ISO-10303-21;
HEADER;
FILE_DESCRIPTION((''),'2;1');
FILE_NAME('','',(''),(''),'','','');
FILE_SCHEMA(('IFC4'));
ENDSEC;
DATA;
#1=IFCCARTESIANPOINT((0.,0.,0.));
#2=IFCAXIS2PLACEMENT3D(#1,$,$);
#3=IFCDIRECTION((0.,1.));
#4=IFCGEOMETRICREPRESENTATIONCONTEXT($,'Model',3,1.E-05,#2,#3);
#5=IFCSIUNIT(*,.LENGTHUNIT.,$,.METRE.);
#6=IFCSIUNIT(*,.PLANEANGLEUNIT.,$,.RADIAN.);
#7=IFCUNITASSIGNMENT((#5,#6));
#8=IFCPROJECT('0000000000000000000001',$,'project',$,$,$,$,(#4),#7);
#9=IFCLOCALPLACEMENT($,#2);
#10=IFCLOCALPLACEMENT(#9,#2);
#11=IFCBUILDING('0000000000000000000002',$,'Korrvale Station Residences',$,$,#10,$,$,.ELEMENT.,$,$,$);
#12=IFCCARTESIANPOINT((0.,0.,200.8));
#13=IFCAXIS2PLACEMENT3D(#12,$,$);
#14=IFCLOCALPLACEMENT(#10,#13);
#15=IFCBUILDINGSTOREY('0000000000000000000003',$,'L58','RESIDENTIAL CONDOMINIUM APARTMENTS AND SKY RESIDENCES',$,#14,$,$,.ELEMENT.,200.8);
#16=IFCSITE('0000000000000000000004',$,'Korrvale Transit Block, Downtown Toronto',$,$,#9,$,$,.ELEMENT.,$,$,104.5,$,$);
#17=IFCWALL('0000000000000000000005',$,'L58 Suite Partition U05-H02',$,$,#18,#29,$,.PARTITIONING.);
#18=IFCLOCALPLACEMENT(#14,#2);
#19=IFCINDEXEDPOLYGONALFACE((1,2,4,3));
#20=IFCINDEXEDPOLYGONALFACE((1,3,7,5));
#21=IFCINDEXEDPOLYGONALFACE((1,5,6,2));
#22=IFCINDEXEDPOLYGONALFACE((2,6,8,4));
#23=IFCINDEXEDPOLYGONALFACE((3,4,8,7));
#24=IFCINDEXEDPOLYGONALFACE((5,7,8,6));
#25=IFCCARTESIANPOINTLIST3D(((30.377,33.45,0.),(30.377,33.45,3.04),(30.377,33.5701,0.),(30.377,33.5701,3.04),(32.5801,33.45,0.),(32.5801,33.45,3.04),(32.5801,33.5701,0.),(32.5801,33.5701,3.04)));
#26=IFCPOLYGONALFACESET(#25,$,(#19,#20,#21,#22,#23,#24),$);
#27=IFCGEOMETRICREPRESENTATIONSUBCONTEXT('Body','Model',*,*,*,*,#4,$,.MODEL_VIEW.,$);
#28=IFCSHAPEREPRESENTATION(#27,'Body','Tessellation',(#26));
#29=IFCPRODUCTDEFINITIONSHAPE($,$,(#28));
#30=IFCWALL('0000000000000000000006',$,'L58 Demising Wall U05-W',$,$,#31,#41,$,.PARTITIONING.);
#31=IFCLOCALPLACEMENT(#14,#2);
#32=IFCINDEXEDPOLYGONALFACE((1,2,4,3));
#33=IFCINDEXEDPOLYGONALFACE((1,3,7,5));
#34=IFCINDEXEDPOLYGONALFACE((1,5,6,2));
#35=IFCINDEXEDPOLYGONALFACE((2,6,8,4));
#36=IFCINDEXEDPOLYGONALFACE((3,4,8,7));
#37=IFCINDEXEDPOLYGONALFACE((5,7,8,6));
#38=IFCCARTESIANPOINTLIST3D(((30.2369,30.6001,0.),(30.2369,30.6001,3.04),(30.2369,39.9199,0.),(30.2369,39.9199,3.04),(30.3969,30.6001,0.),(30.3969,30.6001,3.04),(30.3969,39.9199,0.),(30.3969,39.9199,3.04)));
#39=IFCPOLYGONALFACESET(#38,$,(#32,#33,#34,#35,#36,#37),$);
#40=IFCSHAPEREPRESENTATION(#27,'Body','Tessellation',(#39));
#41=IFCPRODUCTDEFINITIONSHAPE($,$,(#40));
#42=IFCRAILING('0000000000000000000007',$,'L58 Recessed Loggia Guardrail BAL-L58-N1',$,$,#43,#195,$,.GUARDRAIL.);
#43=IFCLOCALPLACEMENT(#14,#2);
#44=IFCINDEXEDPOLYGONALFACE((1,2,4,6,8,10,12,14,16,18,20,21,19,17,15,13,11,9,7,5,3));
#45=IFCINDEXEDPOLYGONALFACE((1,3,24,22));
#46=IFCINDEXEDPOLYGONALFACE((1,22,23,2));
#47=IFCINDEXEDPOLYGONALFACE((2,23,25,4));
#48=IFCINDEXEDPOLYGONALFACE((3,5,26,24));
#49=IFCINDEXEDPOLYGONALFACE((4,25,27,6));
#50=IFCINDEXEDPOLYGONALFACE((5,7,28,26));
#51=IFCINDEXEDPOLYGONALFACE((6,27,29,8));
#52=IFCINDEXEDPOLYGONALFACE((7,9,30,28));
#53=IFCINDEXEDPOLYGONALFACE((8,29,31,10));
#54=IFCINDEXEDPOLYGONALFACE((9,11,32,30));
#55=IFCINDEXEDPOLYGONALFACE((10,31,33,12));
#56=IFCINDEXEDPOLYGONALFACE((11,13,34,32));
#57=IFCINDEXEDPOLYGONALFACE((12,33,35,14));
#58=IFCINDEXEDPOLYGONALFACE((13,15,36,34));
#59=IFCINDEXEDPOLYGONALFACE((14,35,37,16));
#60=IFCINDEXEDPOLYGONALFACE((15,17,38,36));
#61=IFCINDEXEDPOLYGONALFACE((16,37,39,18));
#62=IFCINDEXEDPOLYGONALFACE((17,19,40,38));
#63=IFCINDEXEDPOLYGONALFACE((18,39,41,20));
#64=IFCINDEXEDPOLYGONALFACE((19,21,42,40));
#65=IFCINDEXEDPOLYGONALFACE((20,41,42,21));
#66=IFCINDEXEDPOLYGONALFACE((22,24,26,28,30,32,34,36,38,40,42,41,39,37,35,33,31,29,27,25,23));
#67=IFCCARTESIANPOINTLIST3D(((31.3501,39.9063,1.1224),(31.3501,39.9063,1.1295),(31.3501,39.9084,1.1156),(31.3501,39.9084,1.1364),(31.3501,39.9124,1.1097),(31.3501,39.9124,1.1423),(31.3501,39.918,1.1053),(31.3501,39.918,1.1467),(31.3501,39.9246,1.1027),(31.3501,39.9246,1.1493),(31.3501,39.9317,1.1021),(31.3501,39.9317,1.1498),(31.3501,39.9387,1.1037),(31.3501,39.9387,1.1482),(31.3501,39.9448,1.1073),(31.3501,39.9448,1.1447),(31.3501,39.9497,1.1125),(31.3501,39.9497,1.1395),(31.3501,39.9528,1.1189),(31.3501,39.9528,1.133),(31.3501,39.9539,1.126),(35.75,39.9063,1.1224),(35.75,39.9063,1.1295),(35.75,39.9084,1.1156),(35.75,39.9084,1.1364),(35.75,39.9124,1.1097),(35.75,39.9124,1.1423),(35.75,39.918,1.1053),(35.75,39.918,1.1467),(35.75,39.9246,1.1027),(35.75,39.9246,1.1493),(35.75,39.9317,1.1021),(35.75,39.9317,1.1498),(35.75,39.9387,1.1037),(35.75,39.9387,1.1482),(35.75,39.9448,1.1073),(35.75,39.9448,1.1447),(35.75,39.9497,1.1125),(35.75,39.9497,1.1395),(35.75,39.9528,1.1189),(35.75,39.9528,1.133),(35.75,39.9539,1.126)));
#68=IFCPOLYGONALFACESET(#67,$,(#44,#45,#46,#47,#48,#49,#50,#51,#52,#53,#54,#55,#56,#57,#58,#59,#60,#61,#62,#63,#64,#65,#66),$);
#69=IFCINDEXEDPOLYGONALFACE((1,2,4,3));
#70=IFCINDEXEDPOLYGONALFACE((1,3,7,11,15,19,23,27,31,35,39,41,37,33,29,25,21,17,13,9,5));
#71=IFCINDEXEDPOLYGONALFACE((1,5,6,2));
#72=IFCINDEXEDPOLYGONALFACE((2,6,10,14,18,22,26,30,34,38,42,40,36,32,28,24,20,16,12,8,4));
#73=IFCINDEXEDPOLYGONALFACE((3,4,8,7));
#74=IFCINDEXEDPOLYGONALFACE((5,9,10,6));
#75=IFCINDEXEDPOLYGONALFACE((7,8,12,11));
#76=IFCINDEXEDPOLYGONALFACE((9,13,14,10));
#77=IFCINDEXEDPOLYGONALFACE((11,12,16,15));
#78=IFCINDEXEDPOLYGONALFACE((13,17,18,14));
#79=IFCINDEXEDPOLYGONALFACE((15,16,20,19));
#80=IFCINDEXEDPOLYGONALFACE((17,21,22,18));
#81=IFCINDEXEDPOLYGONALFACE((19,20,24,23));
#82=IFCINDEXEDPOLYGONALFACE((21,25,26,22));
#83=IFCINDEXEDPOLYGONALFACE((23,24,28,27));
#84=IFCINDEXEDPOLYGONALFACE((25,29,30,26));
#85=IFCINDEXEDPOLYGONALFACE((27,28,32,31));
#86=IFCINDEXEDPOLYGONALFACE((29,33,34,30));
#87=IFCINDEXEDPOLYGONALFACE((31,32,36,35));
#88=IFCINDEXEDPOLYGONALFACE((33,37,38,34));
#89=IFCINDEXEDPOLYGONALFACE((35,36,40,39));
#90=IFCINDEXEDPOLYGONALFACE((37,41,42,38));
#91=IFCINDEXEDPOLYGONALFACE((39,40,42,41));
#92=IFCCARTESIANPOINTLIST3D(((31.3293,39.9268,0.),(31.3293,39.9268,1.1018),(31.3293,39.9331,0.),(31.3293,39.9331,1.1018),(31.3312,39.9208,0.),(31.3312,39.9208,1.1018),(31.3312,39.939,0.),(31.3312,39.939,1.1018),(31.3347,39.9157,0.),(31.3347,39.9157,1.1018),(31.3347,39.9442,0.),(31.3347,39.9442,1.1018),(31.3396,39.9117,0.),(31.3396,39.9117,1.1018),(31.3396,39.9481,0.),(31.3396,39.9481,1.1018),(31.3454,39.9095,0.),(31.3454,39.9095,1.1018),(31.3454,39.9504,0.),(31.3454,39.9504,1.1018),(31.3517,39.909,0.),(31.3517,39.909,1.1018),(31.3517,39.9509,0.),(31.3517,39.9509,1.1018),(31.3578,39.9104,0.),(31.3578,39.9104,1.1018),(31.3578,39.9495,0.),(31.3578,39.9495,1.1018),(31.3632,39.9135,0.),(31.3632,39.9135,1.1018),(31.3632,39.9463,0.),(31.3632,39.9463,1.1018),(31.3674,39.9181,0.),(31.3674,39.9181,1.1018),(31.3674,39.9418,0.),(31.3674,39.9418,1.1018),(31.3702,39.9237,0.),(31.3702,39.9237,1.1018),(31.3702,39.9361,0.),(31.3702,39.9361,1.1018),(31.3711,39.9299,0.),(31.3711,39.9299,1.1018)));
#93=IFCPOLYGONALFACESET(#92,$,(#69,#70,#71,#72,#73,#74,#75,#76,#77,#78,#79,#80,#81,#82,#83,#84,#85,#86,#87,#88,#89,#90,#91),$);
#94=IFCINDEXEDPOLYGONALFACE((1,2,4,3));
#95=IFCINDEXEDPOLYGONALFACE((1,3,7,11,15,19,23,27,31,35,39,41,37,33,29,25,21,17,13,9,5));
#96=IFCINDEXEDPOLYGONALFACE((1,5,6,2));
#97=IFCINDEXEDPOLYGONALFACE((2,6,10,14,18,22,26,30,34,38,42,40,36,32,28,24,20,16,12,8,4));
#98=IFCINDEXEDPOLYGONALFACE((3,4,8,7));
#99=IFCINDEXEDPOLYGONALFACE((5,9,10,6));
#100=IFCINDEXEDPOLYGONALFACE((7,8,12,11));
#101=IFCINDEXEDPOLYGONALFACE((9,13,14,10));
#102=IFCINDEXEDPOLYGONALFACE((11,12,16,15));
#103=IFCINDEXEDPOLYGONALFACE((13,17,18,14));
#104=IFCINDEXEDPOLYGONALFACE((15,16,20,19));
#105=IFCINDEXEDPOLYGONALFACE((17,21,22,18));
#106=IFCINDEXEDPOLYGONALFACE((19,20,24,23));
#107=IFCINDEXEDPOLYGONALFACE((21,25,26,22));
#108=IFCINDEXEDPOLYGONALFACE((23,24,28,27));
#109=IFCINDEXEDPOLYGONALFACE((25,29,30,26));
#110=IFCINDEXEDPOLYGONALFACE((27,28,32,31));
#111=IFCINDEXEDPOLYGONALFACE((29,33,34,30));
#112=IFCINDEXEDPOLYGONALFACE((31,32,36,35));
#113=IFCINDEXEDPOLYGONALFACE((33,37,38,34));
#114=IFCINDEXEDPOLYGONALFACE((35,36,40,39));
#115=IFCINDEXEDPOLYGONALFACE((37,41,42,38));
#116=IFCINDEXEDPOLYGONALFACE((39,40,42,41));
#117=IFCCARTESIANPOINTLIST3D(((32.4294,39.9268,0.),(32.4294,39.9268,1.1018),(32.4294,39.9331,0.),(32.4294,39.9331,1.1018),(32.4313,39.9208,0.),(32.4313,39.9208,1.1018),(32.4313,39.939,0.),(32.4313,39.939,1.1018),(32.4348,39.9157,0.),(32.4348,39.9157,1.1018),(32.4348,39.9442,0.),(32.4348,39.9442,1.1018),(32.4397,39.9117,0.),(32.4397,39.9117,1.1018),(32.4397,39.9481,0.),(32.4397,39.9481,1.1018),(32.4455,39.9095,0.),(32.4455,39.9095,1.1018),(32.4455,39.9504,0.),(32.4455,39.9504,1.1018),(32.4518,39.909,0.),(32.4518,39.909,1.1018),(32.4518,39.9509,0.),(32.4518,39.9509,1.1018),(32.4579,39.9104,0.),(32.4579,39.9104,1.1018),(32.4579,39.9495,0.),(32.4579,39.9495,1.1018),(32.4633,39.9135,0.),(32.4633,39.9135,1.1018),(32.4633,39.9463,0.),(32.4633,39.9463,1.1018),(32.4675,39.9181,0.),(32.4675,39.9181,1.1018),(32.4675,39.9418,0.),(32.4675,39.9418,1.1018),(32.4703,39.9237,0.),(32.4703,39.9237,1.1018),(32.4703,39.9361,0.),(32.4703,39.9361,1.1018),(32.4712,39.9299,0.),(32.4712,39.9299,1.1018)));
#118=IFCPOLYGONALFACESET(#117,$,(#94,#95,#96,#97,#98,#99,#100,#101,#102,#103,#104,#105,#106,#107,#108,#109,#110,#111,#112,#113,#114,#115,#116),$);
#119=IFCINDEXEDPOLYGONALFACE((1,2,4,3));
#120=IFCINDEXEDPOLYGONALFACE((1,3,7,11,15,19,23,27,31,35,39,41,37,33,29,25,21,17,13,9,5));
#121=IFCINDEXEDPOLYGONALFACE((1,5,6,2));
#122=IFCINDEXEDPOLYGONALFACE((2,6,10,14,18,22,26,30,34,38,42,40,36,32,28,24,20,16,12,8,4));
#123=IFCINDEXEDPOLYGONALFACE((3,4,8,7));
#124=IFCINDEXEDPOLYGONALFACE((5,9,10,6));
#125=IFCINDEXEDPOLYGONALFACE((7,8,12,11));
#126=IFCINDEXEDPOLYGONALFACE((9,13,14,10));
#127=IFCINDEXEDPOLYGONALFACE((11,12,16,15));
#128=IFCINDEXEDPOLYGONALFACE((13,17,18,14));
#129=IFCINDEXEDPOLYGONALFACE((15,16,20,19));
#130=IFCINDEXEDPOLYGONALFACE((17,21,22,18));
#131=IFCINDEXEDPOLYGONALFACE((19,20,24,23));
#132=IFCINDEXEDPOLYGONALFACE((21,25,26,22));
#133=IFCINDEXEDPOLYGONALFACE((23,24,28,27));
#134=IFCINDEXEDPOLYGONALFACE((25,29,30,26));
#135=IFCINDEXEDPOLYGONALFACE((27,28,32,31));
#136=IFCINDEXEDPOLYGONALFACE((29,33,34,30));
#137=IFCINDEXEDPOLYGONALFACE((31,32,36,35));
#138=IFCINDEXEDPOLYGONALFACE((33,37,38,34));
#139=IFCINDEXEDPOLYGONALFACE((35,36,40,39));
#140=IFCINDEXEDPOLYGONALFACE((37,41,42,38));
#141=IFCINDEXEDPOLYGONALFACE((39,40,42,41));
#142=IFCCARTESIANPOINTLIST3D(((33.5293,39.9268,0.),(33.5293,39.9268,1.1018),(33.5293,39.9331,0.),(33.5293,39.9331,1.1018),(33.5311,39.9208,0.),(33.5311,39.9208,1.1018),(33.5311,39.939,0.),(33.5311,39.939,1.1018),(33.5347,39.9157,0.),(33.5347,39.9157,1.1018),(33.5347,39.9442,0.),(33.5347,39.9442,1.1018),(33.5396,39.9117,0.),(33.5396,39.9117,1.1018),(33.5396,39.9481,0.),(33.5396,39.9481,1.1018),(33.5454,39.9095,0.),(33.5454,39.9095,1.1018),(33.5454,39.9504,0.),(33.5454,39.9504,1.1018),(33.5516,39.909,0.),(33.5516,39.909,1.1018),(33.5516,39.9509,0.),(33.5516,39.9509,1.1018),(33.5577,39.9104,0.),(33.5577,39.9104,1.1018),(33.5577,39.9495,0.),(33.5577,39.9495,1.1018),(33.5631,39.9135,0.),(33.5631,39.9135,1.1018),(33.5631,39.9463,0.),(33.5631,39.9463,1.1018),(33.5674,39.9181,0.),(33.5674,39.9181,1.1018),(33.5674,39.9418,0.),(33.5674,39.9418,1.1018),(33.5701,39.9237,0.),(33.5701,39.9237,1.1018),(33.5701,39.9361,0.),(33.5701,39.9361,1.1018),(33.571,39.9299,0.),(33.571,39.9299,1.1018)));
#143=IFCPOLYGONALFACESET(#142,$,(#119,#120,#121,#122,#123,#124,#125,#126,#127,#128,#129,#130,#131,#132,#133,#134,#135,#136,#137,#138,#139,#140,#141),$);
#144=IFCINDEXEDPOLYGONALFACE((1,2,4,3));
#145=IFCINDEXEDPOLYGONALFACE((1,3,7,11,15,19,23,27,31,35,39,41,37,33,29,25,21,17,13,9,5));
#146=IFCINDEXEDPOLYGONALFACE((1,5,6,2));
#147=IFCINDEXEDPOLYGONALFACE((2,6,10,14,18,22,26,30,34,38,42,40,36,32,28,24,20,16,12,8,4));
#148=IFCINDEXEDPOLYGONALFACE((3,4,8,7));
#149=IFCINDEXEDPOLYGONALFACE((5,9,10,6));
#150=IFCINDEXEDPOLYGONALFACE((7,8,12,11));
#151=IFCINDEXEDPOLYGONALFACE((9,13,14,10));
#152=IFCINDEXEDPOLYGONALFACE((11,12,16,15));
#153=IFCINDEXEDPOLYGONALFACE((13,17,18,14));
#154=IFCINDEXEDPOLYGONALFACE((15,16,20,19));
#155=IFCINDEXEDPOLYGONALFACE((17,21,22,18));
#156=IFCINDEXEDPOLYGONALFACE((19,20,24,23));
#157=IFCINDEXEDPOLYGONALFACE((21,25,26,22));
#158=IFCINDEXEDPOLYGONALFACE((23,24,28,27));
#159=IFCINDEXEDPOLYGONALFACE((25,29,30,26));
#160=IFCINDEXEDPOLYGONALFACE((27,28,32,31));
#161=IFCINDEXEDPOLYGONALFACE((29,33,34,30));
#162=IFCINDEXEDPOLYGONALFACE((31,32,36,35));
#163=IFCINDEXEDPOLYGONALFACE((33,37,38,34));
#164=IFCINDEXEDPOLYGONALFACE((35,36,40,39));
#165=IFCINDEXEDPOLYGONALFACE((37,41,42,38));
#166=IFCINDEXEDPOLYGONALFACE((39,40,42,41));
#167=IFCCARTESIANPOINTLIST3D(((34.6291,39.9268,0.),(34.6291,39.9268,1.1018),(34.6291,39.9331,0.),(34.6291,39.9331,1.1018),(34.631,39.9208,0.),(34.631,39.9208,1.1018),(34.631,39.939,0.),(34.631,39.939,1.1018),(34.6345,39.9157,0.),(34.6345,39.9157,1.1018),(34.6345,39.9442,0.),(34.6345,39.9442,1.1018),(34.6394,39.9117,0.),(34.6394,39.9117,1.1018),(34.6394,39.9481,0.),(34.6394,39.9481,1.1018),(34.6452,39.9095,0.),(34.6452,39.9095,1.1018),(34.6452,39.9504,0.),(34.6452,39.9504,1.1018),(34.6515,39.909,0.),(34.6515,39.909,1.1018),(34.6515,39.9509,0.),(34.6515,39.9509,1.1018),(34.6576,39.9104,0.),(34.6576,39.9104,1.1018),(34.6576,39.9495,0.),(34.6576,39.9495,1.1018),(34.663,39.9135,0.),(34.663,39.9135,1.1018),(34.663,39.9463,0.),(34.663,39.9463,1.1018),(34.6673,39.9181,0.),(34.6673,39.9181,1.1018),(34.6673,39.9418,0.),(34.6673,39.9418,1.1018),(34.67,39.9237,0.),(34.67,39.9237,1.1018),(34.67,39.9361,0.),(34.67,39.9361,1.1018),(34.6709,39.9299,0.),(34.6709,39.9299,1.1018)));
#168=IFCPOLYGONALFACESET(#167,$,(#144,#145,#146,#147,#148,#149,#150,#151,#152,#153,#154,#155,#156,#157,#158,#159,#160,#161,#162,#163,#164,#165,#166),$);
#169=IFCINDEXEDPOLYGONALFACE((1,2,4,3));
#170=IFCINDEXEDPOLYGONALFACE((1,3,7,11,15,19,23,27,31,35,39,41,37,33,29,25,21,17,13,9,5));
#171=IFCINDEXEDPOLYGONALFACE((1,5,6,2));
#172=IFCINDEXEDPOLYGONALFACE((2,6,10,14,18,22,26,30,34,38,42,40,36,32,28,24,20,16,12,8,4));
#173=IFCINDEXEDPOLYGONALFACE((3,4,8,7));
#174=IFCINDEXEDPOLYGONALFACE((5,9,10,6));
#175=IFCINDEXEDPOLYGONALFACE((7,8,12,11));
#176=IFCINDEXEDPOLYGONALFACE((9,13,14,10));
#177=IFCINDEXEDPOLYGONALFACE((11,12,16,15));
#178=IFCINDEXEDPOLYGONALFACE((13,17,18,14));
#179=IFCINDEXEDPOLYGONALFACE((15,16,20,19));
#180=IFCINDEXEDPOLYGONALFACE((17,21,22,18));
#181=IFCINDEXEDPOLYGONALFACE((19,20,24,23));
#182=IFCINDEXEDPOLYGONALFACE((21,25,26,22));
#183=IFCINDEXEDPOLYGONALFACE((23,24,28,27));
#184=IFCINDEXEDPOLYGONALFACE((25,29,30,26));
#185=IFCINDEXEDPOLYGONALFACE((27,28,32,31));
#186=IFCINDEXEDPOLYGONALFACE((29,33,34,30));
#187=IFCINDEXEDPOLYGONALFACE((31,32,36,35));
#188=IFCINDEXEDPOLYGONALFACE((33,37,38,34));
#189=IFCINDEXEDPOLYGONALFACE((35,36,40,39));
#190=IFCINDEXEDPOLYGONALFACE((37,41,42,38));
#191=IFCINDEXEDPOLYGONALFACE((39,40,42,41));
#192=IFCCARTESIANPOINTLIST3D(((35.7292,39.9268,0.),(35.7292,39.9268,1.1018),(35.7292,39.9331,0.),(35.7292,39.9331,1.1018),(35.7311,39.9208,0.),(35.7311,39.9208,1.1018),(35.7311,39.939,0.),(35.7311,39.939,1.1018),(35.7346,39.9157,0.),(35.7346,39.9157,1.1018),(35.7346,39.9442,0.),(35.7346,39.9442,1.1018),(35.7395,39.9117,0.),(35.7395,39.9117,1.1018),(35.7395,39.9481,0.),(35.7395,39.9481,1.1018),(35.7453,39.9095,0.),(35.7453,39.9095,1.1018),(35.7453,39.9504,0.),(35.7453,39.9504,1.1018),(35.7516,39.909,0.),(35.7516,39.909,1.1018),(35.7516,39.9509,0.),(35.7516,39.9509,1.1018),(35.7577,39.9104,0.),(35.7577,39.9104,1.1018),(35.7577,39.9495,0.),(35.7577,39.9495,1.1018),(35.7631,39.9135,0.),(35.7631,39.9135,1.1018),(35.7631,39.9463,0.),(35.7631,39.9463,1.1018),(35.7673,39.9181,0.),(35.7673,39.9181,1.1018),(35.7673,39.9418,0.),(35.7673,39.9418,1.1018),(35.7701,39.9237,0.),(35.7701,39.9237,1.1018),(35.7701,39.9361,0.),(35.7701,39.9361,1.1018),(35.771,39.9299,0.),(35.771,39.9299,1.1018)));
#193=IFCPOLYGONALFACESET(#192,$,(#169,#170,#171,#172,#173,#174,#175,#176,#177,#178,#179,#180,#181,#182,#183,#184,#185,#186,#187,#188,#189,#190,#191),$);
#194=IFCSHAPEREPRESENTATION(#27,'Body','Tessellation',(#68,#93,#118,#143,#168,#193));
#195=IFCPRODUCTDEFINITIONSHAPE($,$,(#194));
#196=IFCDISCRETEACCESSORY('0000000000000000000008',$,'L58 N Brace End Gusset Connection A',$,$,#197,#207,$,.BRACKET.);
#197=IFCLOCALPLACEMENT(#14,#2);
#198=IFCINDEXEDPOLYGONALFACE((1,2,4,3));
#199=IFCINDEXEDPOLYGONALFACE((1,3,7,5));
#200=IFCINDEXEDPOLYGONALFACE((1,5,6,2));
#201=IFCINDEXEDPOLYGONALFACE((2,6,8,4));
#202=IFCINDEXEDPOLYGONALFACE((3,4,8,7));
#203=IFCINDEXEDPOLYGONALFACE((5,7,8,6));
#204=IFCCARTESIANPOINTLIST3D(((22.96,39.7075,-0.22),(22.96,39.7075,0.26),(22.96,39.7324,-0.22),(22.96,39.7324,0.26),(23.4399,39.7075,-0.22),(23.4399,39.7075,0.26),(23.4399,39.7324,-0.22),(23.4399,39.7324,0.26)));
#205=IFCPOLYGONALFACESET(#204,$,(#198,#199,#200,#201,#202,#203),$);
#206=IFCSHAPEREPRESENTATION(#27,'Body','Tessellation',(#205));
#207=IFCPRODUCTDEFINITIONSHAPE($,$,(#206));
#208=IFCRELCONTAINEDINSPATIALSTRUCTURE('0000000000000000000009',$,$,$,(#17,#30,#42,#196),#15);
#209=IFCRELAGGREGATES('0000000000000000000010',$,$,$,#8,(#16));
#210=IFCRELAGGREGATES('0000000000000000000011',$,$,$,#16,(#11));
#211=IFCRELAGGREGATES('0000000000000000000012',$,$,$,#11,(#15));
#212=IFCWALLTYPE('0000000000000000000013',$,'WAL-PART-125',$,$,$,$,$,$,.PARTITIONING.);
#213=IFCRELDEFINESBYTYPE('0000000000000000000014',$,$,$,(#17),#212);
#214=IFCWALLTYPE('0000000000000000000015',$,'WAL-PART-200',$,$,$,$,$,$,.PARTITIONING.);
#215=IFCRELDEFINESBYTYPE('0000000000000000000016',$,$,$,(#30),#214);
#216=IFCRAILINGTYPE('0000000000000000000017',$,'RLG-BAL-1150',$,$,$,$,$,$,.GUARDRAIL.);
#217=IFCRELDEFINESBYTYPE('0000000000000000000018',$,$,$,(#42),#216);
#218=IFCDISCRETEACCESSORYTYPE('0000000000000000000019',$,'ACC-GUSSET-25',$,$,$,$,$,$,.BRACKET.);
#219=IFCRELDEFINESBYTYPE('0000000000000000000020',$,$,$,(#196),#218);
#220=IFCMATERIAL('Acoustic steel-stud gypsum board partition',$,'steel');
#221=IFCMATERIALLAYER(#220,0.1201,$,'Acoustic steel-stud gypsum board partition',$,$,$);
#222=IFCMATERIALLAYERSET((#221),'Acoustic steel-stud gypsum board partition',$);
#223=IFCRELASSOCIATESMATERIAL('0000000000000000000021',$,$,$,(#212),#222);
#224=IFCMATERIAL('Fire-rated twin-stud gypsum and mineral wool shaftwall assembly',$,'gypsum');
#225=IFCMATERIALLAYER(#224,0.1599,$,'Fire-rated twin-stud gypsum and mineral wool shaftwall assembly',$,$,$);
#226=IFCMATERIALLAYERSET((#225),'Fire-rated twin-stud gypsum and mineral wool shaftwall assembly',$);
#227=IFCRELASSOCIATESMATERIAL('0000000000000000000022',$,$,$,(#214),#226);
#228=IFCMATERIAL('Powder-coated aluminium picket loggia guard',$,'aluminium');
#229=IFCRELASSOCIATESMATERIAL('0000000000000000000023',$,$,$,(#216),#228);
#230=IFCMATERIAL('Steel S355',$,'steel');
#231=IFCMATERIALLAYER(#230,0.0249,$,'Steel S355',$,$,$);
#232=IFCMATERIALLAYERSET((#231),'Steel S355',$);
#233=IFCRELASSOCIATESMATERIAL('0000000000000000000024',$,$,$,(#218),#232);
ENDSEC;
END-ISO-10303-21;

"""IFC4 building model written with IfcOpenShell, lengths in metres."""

from ifc_helpers import new_model, si_unit, direction, frame, frame_2d, origin, origin_2d, place, context, subcontext, project, spatial, rectangle, circle, extrude, material, layer, layer_set, type_object, element, save


model = new_model("IFC4")

# Units and contexts
model_context = context("Model", 3, precision=1e-05, world=origin(), true_north=direction((0.0, 1.0)))
body_context = subcontext(model_context, "Body", "Model", "MODEL_VIEW")
ifc_project = project(units=[si_unit("LENGTHUNIT", "METRE"), si_unit("PLANEANGLEUNIT", "RADIAN")], contexts=[model_context])

# Site, building, storey
site_placement = place(None, origin())
site = spatial("IfcSite", under=ifc_project, at=site_placement, Name="Korrvale Transit Block, Downtown Toronto", CompositionType="ELEMENT", RefElevation=104.5)
building_placement = place(site_placement, origin())
building = spatial("IfcBuilding", under=site, at=building_placement, Name="Korrvale Station Residences", CompositionType="ELEMENT")
storey_placement = place(building_placement, frame((0.0, 0.0, 200.8)))
storey = spatial("IfcBuildingStorey", under=building, at=storey_placement, Name="L58", Description="RESIDENTIAL CONDOMINIUM APARTMENTS AND SKY RESIDENCES", CompositionType="ELEMENT", Elevation=200.8)

# Shared definitions
ifc_material_1 = material(Name="Steel S355", Category="steel")

# Shared definitions
ifc_material_2 = material(Name="Acoustic steel-stud gypsum board partition", Category="steel")
ifc_layer_1 = layer(ifc_material_2, 0.1201, Name="Acoustic steel-stud gypsum board partition")
ifc_layer_set_1 = layer_set([ifc_layer_1], Name="Acoustic steel-stud gypsum board partition")
wall_type_1 = type_object("IfcWallType", Name="WAL-PART-125", PredefinedType="PARTITIONING", material=ifc_layer_set_1)

# Walls
wall_1_placement = place(storey_placement, frame((30.377, 33.51, 0.0), z_axis=(0.0, 0.0, 1.0), x_axis=(1.0, 0.0, 0.0)))
element("IfcWall", 1, at=wall_1_placement, inside=storey, type_object=wall_type_1, Name="L58 Suite Partition U05-H02", PredefinedType="PARTITIONING", context=body_context, shape_type="SweptSolid", body=[
    extrude(rectangle(XDim=2.2031, YDim=0.1201, at=frame_2d((1.1016, 0.0))), origin(), (0.0, 0.0, 1.0), 3.04),
])
ifc_material_3 = material(Name="Fire-rated twin-stud gypsum and mineral wool shaftwall assembly", Category="gypsum")
ifc_layer_2 = layer(ifc_material_3, 0.1599, Name="Fire-rated twin-stud gypsum and mineral wool shaftwall assembly")
ifc_layer_set_2 = layer_set([ifc_layer_2], Name="Fire-rated twin-stud gypsum and mineral wool shaftwall assembly")
wall_type_2 = type_object("IfcWallType", Name="WAL-PART-200", PredefinedType="PARTITIONING", material=ifc_layer_set_2)
wall_2_placement = place(storey_placement, frame((30.3169, 30.6001, 0.0), z_axis=(0.0, 0.0, 1.0), x_axis=(0.0, 1.0, 0.0)))
element("IfcWall", 2, at=wall_2_placement, inside=storey, type_object=wall_type_2, Name="L58 Demising Wall U05-W", PredefinedType="PARTITIONING", context=body_context, shape_type="SweptSolid", body=[
    extrude(rectangle(XDim=9.3198, YDim=0.1599, at=frame_2d((4.6599, 0.0))), origin(), (0.0, 0.0, 1.0), 3.04),
])

# Railing
ifc_material_4 = material(Name="Powder-coated aluminium picket loggia guard", Category="aluminium")
railing_type = type_object("IfcRailingType", Name="RLG-BAL-1150", PredefinedType="GUARDRAIL", material=ifc_material_4)
railing_placement = place(storey_placement, frame((31.3501, 39.9299, 0.0)))
element("IfcRailing", 3, at=railing_placement, inside=storey, type_object=railing_type, Name="L58 Recessed Loggia Guardrail BAL-L58-N1", PredefinedType="GUARDRAIL", context=body_context, shape_type="SweptSolid", body=[
    extrude(circle(Radius=0.0239, at=origin_2d()), frame((0.0, 0.0, 1.126), z_axis=(1.0, 0.0, 0.0), x_axis=(0.0, 1.0, 0.0)), (0.0, 0.0, 1.0), 4.3999),
    extrude(circle(Radius=0.021, at=origin_2d()), origin(), (0.0, 0.0, 1.0), 1.1018),
    extrude(circle(Radius=0.021, at=origin_2d()), frame((1.1001, 0.0, 0.0)), (0.0, 0.0, 1.0), 1.1018),
    extrude(circle(Radius=0.021, at=origin_2d()), frame((2.2, 0.0, 0.0)), (0.0, 0.0, 1.0), 1.1018),
    extrude(circle(Radius=0.021, at=origin_2d()), frame((3.2998, 0.0, 0.0)), (0.0, 0.0, 1.0), 1.1018),
    extrude(circle(Radius=0.021, at=origin_2d()), frame((4.3999, 0.0, 0.0)), (0.0, 0.0, 1.0), 1.1018),
])

# Discrete accessory
ifc_layer_3 = layer(ifc_material_1, 0.0249, Name="Steel S355")
ifc_layer_set_3 = layer_set([ifc_layer_3], Name="Steel S355")
discrete_accessory_type = type_object("IfcDiscreteAccessoryType", Name="ACC-GUSSET-25", PredefinedType="BRACKET", material=ifc_layer_set_3)
for number, where, z_axis, x_axis, name in (
    (4, (23.2, 39.72, -0.22), (0.0, 0.0, 1.0), (1.0, 0.0, 0.0), "L58 N Brace End Gusset Connection A"),
):
    element("IfcDiscreteAccessory", number, at=place(storey_placement, frame(where, z_axis=z_axis, x_axis=x_axis)), inside=storey, type_object=discrete_accessory_type, Name=name, PredefinedType="BRACKET", context=body_context, shape_type="SweptSolid", body=[
        extrude(rectangle(XDim=0.48, YDim=0.0249, at=origin_2d()), origin(), (0.0, 0.0, 1.0), 0.48),
    ])

save(model, "model.ifc")
